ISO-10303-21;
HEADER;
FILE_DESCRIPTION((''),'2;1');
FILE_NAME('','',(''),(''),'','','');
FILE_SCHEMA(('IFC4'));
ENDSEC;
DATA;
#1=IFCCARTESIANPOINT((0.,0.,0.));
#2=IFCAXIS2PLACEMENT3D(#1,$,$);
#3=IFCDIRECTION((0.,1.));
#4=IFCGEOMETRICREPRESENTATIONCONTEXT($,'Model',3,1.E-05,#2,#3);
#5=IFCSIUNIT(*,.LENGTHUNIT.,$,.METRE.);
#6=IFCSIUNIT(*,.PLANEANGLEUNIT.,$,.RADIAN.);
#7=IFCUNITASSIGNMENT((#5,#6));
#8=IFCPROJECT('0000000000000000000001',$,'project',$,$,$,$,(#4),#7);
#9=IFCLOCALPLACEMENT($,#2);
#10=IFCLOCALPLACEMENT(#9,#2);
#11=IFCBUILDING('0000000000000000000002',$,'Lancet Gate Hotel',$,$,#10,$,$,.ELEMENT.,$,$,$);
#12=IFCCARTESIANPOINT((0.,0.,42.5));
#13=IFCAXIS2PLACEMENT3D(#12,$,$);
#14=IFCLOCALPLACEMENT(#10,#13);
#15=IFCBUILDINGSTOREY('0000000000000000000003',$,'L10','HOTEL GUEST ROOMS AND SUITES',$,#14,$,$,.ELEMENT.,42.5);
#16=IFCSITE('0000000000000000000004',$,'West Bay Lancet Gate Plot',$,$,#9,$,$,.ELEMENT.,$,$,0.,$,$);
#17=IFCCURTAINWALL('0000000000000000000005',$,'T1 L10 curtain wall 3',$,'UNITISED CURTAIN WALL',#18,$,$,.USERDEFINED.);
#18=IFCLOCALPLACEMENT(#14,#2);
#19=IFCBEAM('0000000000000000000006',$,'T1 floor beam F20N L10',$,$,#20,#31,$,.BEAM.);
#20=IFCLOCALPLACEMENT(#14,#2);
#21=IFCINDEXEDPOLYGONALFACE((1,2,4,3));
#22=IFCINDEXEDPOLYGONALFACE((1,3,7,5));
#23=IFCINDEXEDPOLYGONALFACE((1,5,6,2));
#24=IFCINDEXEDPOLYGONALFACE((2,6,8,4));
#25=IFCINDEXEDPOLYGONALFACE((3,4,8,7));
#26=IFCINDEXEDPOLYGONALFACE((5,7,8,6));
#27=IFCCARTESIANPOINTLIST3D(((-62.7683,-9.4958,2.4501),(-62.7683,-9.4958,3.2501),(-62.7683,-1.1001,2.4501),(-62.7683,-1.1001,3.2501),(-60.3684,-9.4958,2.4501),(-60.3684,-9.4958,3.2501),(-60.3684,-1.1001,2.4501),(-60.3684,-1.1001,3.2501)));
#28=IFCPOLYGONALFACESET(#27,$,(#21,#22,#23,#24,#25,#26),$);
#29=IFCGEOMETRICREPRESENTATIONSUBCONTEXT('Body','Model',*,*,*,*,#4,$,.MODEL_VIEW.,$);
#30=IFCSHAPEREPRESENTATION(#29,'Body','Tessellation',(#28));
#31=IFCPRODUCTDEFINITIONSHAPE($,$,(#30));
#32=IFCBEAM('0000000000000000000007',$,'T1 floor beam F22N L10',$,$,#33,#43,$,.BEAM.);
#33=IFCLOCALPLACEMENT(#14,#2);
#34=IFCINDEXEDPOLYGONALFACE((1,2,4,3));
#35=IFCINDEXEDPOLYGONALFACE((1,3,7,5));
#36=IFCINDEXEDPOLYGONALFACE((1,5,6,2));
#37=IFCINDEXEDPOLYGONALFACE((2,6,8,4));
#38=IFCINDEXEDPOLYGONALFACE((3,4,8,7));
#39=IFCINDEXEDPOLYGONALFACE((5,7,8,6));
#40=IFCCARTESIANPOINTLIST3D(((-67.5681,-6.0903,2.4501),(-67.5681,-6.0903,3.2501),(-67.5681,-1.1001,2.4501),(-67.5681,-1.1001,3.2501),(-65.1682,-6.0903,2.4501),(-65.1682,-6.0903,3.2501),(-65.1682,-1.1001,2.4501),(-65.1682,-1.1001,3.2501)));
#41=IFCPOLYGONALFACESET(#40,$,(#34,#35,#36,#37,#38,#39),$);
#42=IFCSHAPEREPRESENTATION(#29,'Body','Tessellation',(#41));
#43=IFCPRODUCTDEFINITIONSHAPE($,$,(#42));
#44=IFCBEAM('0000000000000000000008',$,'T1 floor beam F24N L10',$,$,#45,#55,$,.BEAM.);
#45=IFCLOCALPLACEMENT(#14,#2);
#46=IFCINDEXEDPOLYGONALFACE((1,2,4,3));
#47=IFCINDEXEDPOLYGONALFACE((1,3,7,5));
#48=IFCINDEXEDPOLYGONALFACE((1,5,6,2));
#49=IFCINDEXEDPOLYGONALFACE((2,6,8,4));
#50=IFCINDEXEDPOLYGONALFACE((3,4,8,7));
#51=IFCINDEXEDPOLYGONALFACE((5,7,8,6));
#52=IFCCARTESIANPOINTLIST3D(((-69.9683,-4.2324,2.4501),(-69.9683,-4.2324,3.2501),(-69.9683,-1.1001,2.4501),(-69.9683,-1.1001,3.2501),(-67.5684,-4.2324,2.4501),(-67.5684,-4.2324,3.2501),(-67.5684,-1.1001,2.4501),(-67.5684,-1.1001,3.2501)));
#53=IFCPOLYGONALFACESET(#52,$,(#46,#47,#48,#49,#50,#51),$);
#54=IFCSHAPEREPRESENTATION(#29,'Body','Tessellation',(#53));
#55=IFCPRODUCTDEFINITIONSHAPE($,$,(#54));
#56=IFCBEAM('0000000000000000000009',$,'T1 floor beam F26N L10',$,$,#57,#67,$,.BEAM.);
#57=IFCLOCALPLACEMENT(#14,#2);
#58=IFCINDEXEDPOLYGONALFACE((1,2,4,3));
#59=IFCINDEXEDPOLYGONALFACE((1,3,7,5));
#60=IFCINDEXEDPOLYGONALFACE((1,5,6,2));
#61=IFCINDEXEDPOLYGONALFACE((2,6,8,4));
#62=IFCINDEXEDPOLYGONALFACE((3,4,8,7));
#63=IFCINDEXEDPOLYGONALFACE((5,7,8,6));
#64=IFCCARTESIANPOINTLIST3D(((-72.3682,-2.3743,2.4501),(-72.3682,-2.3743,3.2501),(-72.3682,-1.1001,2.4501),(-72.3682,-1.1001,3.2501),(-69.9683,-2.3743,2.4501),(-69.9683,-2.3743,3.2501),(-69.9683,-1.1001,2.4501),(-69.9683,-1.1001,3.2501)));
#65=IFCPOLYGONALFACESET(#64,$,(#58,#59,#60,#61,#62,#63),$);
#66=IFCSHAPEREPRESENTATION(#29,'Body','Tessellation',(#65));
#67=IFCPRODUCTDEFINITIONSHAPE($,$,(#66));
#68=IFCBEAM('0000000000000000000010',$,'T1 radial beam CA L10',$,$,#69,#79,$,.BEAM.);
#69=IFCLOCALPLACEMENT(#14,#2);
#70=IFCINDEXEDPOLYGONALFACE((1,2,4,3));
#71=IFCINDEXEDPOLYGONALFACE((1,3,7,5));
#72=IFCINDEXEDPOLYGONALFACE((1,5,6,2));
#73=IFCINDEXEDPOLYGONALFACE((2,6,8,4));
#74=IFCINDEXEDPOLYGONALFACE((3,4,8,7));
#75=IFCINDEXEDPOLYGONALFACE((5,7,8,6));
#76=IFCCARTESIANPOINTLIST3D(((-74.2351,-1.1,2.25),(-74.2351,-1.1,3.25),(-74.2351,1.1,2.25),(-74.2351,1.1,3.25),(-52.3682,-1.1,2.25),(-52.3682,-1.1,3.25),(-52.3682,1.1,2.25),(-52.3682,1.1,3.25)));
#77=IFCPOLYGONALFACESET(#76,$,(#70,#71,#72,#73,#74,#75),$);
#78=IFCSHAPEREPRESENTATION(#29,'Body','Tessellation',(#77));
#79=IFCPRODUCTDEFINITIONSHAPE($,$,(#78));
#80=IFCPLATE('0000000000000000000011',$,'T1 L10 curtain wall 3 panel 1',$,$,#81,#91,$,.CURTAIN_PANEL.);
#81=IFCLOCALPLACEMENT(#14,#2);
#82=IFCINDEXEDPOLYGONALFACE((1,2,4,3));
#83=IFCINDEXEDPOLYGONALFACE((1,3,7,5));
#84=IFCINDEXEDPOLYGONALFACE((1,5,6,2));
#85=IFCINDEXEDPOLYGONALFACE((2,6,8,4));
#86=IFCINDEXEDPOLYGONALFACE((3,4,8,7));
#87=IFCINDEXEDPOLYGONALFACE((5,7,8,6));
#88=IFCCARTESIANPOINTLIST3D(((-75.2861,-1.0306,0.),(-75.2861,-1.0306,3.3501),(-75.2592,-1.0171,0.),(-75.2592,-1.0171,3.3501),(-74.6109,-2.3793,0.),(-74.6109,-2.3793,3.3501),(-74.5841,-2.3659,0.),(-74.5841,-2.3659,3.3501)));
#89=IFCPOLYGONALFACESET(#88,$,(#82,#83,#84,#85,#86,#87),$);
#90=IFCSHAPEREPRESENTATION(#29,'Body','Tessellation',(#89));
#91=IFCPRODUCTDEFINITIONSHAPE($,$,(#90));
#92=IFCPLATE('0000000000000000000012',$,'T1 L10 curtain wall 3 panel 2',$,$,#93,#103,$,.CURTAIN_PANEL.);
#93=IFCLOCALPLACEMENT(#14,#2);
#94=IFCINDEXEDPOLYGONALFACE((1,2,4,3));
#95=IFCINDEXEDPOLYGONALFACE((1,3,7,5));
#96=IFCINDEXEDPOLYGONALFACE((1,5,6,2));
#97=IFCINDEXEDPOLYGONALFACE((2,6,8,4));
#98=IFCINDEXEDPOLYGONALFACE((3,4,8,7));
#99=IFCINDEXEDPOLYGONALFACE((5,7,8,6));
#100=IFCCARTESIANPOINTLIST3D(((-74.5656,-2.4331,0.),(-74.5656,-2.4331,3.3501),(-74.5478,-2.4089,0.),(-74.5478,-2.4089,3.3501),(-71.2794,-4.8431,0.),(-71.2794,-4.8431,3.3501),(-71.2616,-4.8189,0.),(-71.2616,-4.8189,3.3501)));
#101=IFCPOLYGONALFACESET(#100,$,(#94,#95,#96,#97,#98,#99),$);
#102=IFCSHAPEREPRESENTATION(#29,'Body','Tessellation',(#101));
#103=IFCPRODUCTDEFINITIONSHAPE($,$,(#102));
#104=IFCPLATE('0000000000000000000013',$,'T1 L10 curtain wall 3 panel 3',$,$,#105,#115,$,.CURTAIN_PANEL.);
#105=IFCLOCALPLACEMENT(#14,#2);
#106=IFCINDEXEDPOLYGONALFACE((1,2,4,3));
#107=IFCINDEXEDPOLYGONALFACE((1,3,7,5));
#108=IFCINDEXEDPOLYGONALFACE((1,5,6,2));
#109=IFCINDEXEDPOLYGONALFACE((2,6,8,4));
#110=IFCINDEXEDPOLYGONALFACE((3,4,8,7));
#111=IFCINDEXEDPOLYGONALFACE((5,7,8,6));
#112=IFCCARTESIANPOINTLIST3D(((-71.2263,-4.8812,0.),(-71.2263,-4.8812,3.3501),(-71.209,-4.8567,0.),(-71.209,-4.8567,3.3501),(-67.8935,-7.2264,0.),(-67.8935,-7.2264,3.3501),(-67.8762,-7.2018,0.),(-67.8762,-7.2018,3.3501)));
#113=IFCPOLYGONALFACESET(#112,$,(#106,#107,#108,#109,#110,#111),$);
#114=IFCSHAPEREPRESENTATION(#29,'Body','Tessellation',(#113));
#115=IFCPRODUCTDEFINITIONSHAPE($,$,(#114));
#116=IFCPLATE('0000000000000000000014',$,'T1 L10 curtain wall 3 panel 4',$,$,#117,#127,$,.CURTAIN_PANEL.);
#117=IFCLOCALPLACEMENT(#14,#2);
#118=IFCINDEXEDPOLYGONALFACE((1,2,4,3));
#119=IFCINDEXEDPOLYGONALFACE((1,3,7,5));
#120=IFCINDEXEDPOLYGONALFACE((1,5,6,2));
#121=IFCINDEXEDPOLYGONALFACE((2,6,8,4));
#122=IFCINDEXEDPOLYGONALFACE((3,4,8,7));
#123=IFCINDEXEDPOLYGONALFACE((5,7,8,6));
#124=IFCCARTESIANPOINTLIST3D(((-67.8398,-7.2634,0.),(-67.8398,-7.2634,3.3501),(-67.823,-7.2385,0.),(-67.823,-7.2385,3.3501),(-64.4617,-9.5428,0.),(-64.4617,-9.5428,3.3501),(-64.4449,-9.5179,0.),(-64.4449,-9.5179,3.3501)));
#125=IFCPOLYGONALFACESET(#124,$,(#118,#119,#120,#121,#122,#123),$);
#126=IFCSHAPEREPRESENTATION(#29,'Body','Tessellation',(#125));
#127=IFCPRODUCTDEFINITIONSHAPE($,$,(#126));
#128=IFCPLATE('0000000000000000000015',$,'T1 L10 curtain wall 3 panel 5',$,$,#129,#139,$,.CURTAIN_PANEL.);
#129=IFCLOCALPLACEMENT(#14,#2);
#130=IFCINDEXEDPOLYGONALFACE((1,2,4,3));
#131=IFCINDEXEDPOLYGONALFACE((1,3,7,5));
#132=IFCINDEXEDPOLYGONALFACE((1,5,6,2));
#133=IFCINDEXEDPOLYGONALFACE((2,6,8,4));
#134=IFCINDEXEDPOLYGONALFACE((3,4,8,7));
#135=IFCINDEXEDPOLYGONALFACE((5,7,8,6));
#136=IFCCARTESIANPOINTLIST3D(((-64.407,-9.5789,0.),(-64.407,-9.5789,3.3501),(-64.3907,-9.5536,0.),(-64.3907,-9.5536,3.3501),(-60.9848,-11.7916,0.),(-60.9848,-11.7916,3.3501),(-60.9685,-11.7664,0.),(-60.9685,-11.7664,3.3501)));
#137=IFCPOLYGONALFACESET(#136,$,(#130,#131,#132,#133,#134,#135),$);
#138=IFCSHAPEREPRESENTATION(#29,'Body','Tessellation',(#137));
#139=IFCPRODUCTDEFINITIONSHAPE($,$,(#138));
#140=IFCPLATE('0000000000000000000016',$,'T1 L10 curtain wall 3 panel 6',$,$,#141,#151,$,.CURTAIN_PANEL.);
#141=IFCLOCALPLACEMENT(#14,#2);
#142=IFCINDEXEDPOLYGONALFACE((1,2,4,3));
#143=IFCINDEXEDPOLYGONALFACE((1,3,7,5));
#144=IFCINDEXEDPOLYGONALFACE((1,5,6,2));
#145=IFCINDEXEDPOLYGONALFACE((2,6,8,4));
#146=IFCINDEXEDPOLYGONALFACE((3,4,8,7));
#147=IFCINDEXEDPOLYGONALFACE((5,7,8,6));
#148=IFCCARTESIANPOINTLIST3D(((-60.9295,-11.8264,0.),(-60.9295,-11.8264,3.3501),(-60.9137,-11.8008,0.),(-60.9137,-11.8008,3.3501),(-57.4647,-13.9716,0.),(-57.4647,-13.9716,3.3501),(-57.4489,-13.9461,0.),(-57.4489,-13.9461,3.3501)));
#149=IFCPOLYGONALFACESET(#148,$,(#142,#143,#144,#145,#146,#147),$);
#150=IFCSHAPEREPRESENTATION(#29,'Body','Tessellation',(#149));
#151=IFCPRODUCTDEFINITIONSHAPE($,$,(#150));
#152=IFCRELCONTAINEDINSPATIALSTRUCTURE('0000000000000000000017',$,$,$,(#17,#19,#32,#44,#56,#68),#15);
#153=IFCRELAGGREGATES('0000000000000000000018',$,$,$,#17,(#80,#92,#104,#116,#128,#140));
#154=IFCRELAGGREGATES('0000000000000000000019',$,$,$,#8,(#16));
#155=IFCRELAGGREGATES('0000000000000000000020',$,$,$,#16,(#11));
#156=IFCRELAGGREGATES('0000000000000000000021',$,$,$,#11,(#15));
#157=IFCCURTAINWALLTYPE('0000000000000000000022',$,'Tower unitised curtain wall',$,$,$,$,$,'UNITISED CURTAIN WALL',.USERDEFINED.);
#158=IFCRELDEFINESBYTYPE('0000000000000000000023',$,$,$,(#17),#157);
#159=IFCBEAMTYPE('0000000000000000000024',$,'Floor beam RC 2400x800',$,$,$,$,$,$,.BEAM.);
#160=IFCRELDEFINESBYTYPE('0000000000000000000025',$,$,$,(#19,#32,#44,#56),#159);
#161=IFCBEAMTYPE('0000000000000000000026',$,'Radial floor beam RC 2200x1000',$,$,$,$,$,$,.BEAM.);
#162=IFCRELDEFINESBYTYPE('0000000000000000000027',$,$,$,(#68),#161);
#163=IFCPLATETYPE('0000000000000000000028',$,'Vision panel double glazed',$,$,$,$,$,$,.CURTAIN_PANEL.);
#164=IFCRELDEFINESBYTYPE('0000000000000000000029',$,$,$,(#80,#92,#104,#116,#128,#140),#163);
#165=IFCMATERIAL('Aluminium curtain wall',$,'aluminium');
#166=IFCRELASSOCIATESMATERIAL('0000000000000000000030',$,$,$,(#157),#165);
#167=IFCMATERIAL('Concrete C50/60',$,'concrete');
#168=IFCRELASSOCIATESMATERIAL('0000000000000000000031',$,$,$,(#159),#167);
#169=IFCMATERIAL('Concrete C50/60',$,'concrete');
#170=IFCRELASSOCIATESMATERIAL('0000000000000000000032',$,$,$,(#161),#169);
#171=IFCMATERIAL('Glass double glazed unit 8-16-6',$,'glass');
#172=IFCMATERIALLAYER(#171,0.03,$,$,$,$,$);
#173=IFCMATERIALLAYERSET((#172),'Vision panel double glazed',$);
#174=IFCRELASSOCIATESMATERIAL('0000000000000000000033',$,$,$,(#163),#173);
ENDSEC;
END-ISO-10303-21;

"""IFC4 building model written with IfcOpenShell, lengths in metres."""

from ifc_helpers import new_model, si_unit, direction, frame, origin, origin_2d, place, context, subcontext, project, spatial, rectangle, extrude, material, layer, layer_set, material_profile, profile_set, type_object, element, aggregate, save


model = new_model("IFC4")

# Units and contexts
model_context = context("Model", 3, precision=1e-05, world=origin(), true_north=direction((0.0, 1.0)))
body_context = subcontext(model_context, "Body", "Model", "MODEL_VIEW")
ifc_project = project(units=[si_unit("LENGTHUNIT", "METRE"), si_unit("PLANEANGLEUNIT", "RADIAN")], contexts=[model_context])

# Site, building, storey
site_placement = place(None, origin())
site = spatial("IfcSite", under=ifc_project, at=site_placement, Name="West Bay Lancet Gate Plot", CompositionType="ELEMENT", RefElevation=0.0)
building_placement = place(site_placement, origin())
building = spatial("IfcBuilding", under=site, at=building_placement, Name="Lancet Gate Hotel", CompositionType="ELEMENT")
storey_placement = place(building_placement, frame((0.0, 0.0, 42.5)))
storey = spatial("IfcBuildingStorey", under=building, at=storey_placement, Name="L10", Description="HOTEL GUEST ROOMS AND SUITES", CompositionType="ELEMENT", Elevation=42.5)

# Curtain wall
ifc_material_1 = material(Name="Aluminium curtain wall", Category="aluminium")
curtain_wall_type = type_object("IfcCurtainWallType", Name="Tower unitised curtain wall", ElementType="UNITISED CURTAIN WALL", PredefinedType="USERDEFINED", material=ifc_material_1)
curtain_wall_placement = place(storey_placement, origin())
curtain_wall = element("IfcCurtainWall", 1, at=curtain_wall_placement, inside=storey, type_object=curtain_wall_type, Name="T1 L10 curtain wall 3", ObjectType="UNITISED CURTAIN WALL", PredefinedType="USERDEFINED")

# Beams
ifc_material_2 = material(Name="Concrete C50/60", Category="concrete")
ifc_material_profile_1 = material_profile(ifc_material_2, rectangle(XDim=2.3999, YDim=0.8, at=origin_2d()), Name="RC 2400x800")
ifc_profile_set_1 = profile_set([ifc_material_profile_1], Name="Concrete C50/60")
beam_type_1 = type_object("IfcBeamType", Name="Floor beam RC 2400x800", PredefinedType="BEAM", material=ifc_profile_set_1)
beam_1_placement = place(storey_placement, frame((-61.5684, -1.1001, 2.8501), z_axis=(0.0, -1.0, 0.0), x_axis=(1.0, 0.0, 0.0)))
element("IfcBeam", 2, at=beam_1_placement, inside=storey, type_object=beam_type_1, Name="T1 floor beam F20N L10", PredefinedType="BEAM", context=body_context, shape_type="SweptSolid", body=[
    extrude(rectangle(XDim=2.3999, YDim=0.8, at=origin_2d()), origin(), (0.0, 0.0, 1.0), 8.3958),
])
beam_2_placement = place(storey_placement, frame((-66.3682, -1.1001, 2.8501), z_axis=(0.0, -1.0, 0.0), x_axis=(1.0, 0.0, 0.0)))
element("IfcBeam", 3, at=beam_2_placement, inside=storey, type_object=beam_type_1, Name="T1 floor beam F22N L10", PredefinedType="BEAM", context=body_context, shape_type="SweptSolid", body=[
    extrude(rectangle(XDim=2.3999, YDim=0.8, at=origin_2d()), origin(), (0.0, 0.0, 1.0), 4.9902),
])
beam_3_placement = place(storey_placement, frame((-68.7683, -1.1001, 2.8501), z_axis=(0.0, -1.0, 0.0), x_axis=(1.0, 0.0, 0.0)))
element("IfcBeam", 4, at=beam_3_placement, inside=storey, type_object=beam_type_1, Name="T1 floor beam F24N L10", PredefinedType="BEAM", context=body_context, shape_type="SweptSolid", body=[
    extrude(rectangle(XDim=2.3999, YDim=0.8, at=origin_2d()), origin(), (0.0, 0.0, 1.0), 3.1323),
])
beam_4_placement = place(storey_placement, frame((-71.1682, -1.1001, 2.8501), z_axis=(0.0, -1.0, 0.0), x_axis=(1.0, 0.0, 0.0)))
element("IfcBeam", 5, at=beam_4_placement, inside=storey, type_object=beam_type_1, Name="T1 floor beam F26N L10", PredefinedType="BEAM", context=body_context, shape_type="SweptSolid", body=[
    extrude(rectangle(XDim=2.3999, YDim=0.8, at=origin_2d()), origin(), (0.0, 0.0, 1.0), 1.2742),
])
ifc_material_3 = material(Name="Concrete C50/60", Category="concrete")
ifc_material_profile_2 = material_profile(ifc_material_3, rectangle(XDim=2.2, YDim=1.0, at=origin_2d()), Name="RC 2200x1000")
ifc_profile_set_2 = profile_set([ifc_material_profile_2], Name="Concrete C50/60")
beam_type_2 = type_object("IfcBeamType", Name="Radial floor beam RC 2200x1000", PredefinedType="BEAM", material=ifc_profile_set_2)
beam_5_placement = place(storey_placement, frame((-74.2351, 0.0, 2.75), z_axis=(1.0, 0.0, 0.0), x_axis=(0.0, 1.0, 0.0)))
element("IfcBeam", 6, at=beam_5_placement, inside=storey, type_object=beam_type_2, Name="T1 radial beam CA L10", PredefinedType="BEAM", context=body_context, shape_type="SweptSolid", body=[
    extrude(rectangle(XDim=2.2, YDim=1.0, at=origin_2d()), origin(), (0.0, 0.0, 1.0), 21.8669),
])

# Plates
ifc_material_4 = material(Name="Glass double glazed unit 8-16-6", Category="glass")
ifc_layer = layer(ifc_material_4, 0.03)
ifc_layer_set = layer_set([ifc_layer], Name="Vision panel double glazed")
plate_type = type_object("IfcPlateType", Name="Vision panel double glazed", PredefinedType="CURTAIN_PANEL", material=ifc_layer_set)
plate_1_placement = place(storey_placement, frame((-74.9351, -1.6982, 0.0), z_axis=(0.0, 0.0, 1.0), x_axis=(0.447628, -0.89422, 0.0)))
plate_1 = element("IfcPlate", 7, at=plate_1_placement, type_object=plate_type, Name="T1 L10 curtain wall 3 panel 1", PredefinedType="CURTAIN_PANEL", context=body_context, shape_type="SweptSolid", body=[
    extrude(rectangle(XDim=1.5083, YDim=0.03, at=origin_2d()), origin(), (0.0, 0.0, 1.0), 3.3501),
])
plate_2_placement = place(storey_placement, frame((-72.9136, -3.626, 0.0), z_axis=(0.0, 0.0, 1.0), x_axis=(0.80639, -0.591384, 0.0)))
plate_2 = element("IfcPlate", 8, at=plate_2_placement, type_object=plate_type, Name="T1 L10 curtain wall 3 panel 2", PredefinedType="CURTAIN_PANEL", context=body_context, shape_type="SweptSolid", body=[
    extrude(rectangle(XDim=4.0752, YDim=0.03, at=origin_2d()), origin(), (0.0, 0.0, 1.0), 3.3501),
])
plate_3_placement = place(storey_placement, frame((-69.5513, -6.0415, 0.0), z_axis=(0.0, 0.0, 1.0), x_axis=(0.817825, -0.575467, 0.0)))
plate_3 = element("IfcPlate", 9, at=plate_3_placement, type_object=plate_type, Name="T1 L10 curtain wall 3 panel 3", PredefinedType="CURTAIN_PANEL", context=body_context, shape_type="SweptSolid", body=[
    extrude(rectangle(XDim=4.0752, YDim=0.03, at=origin_2d()), origin(), (0.0, 0.0, 1.0), 3.3501),
])
plate_4_placement = place(storey_placement, frame((-66.1423, -8.3906, 0.0), z_axis=(0.0, 0.0, 1.0), x_axis=(0.828946, -0.559329, 0.0)))
plate_4 = element("IfcPlate", 10, at=plate_4_placement, type_object=plate_type, Name="T1 L10 curtain wall 3 panel 4", PredefinedType="CURTAIN_PANEL", context=body_context, shape_type="SweptSolid", body=[
    extrude(rectangle(XDim=4.0752, YDim=0.03, at=origin_2d()), origin(), (0.0, 0.0, 1.0), 3.3501),
])
plate_5_placement = place(storey_placement, frame((-62.6877, -10.6726, 0.0), z_axis=(0.0, 0.0, 1.0), x_axis=(0.839749, -0.542975, 0.0)))
plate_5 = element("IfcPlate", 11, at=plate_5_placement, type_object=plate_type, Name="T1 L10 curtain wall 3 panel 5", PredefinedType="CURTAIN_PANEL", context=body_context, shape_type="SweptSolid", body=[
    extrude(rectangle(XDim=4.0752, YDim=0.03, at=origin_2d()), origin(), (0.0, 0.0, 1.0), 3.3501),
])
plate_6_placement = place(storey_placement, frame((-59.1892, -12.8862, 0.0), z_axis=(0.0, 0.0, 1.0), x_axis=(0.850229, -0.526414, 0.0)))
plate_6 = element("IfcPlate", 12, at=plate_6_placement, type_object=plate_type, Name="T1 L10 curtain wall 3 panel 6", PredefinedType="CURTAIN_PANEL", context=body_context, shape_type="SweptSolid", body=[
    extrude(rectangle(XDim=4.0752, YDim=0.03, at=origin_2d()), origin(), (0.0, 0.0, 1.0), 3.3501),
])
aggregate(curtain_wall, [plate_1, plate_2, plate_3, plate_4, plate_5, plate_6])

save(model, "model.ifc")
